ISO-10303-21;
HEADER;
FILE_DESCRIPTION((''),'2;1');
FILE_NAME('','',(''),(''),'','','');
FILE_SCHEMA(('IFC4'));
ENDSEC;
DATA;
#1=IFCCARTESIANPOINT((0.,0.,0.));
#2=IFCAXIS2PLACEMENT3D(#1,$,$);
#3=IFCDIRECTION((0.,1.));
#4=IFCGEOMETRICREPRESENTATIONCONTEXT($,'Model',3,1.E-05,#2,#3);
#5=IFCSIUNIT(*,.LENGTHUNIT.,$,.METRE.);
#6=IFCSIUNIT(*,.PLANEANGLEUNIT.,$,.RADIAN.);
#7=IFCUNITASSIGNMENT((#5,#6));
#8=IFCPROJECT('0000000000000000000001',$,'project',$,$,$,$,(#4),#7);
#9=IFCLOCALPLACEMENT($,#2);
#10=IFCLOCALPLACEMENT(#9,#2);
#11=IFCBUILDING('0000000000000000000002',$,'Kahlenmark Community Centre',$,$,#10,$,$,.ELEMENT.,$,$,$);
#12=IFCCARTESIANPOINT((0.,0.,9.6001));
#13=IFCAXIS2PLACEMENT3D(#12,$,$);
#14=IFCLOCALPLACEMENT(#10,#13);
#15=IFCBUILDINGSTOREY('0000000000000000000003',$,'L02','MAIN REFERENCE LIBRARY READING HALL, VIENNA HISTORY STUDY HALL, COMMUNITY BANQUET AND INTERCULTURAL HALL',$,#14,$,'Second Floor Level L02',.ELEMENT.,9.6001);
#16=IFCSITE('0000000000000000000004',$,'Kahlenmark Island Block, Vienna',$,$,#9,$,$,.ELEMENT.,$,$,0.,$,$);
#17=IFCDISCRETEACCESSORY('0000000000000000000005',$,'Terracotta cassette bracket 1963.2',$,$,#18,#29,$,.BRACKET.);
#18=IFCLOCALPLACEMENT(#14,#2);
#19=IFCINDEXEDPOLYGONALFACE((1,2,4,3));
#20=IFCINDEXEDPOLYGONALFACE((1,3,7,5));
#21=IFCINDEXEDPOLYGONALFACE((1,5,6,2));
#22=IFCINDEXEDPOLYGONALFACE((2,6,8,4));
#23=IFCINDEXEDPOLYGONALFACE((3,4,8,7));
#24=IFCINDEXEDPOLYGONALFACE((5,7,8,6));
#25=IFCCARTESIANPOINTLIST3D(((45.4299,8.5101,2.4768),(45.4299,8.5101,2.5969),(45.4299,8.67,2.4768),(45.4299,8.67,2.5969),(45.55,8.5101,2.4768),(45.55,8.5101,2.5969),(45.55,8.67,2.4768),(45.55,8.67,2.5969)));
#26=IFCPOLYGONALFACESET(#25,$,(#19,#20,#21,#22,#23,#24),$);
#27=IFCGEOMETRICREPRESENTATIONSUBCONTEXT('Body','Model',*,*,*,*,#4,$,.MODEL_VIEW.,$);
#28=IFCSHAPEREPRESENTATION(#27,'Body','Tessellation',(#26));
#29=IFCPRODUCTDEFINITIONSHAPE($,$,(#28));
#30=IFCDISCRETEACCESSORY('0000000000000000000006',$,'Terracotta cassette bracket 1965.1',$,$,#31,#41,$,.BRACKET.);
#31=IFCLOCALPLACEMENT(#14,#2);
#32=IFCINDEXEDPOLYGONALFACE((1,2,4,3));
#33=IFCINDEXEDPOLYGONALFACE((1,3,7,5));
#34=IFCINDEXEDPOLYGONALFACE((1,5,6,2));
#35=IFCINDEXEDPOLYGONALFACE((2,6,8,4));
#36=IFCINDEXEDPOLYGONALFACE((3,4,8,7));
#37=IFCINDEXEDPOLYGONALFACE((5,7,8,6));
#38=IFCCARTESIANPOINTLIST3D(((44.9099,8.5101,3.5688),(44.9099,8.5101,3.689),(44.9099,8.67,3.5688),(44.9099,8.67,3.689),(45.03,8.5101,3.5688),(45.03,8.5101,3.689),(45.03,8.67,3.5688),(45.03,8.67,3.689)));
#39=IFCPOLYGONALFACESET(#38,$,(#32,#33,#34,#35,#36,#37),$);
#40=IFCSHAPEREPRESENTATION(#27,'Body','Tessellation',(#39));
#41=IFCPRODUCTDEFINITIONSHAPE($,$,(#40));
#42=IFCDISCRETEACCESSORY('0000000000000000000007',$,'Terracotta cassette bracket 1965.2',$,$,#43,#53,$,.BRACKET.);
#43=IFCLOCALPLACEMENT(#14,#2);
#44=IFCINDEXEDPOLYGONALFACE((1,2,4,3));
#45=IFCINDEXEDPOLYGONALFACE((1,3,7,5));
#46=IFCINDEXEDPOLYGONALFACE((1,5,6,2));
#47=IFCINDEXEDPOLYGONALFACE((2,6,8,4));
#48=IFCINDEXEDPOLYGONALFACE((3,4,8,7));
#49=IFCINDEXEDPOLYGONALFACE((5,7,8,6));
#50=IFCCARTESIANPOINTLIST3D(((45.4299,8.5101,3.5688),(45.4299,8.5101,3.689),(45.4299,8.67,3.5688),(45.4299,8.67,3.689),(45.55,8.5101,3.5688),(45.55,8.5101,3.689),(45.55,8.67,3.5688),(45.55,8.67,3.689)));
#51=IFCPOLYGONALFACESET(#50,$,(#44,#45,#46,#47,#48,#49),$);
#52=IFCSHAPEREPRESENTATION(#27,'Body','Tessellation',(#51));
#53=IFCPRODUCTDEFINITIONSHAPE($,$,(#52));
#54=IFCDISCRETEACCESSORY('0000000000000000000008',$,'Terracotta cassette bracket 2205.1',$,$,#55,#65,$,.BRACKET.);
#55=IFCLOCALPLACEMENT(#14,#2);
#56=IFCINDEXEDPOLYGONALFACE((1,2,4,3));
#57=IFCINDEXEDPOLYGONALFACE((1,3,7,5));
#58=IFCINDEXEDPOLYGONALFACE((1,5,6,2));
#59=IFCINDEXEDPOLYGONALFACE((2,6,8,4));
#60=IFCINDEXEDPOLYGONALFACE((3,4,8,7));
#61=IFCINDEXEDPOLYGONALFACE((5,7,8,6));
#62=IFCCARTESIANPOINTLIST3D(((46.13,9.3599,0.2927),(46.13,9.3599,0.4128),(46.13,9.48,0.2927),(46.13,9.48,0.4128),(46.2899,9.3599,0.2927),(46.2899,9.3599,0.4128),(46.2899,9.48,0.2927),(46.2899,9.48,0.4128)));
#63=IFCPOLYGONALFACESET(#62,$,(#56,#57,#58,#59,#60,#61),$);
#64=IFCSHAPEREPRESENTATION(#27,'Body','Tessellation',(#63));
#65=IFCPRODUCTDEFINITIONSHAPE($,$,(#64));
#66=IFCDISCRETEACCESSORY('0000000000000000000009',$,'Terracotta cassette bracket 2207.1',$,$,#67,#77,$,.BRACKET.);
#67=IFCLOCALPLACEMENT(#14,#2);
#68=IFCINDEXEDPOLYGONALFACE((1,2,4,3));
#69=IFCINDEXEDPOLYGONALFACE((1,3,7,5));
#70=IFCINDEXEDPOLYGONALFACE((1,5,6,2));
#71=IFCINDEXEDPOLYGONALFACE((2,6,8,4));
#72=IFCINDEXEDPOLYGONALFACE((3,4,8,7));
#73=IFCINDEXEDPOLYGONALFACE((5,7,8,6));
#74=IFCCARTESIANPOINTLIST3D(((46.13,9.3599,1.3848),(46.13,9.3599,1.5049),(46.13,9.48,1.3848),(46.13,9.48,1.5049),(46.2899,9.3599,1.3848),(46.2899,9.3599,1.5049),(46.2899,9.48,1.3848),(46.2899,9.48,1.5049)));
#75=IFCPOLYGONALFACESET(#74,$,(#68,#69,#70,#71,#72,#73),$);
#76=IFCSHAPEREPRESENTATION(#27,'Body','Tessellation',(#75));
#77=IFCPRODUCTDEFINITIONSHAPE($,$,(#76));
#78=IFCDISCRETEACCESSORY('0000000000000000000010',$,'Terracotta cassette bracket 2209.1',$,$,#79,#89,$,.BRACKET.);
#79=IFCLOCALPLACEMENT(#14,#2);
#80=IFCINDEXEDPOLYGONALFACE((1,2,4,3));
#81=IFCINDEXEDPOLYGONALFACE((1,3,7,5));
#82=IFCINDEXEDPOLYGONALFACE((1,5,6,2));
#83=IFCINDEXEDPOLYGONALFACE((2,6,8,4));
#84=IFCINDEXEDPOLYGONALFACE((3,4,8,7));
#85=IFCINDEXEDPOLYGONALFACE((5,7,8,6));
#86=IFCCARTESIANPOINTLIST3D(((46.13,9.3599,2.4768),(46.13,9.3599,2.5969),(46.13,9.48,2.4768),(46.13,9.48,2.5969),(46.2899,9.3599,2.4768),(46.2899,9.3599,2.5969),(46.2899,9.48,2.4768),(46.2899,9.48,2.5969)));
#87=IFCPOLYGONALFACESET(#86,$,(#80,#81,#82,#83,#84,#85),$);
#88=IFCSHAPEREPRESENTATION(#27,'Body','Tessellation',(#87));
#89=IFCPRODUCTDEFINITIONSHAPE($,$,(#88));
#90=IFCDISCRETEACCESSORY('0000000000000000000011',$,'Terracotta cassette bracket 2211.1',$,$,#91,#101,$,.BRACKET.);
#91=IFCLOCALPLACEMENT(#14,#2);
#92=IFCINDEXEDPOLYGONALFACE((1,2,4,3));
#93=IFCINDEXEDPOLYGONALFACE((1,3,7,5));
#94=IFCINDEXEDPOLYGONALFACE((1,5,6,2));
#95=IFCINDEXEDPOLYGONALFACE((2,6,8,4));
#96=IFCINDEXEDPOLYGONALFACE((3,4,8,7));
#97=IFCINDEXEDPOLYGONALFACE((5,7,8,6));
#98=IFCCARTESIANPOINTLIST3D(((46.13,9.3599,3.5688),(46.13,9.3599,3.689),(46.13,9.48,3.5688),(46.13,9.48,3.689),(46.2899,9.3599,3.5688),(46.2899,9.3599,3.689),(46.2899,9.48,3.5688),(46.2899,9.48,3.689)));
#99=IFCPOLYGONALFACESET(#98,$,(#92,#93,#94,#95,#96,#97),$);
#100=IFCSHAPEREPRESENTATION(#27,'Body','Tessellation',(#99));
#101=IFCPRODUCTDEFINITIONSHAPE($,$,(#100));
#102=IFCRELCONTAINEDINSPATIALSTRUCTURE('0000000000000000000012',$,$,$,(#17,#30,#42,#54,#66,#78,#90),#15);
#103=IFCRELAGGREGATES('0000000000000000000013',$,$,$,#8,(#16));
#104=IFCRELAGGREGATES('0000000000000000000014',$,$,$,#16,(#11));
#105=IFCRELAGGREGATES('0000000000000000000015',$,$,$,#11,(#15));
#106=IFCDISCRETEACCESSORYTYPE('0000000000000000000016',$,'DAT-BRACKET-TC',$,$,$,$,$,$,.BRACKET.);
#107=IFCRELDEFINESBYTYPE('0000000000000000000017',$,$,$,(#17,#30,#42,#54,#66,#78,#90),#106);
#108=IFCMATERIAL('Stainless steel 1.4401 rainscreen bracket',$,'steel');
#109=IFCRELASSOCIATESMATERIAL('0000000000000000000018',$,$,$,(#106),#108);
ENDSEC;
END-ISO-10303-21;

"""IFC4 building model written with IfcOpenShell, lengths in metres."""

from ifc_helpers import new_model, si_unit, direction, frame, origin, origin_2d, place, context, subcontext, project, spatial, rectangle, extrude, material, type_object, element, save


model = new_model("IFC4")

# Units and contexts
model_context = context("Model", 3, precision=1e-05, world=origin(), true_north=direction((0.0, 1.0)))
body_context = subcontext(model_context, "Body", "Model", "MODEL_VIEW")
ifc_project = project(units=[si_unit("LENGTHUNIT", "METRE"), si_unit("PLANEANGLEUNIT", "RADIAN")], contexts=[model_context])

# Site, building, storey
site_placement = place(None, origin())
site = spatial("IfcSite", under=ifc_project, at=site_placement, Name="Kahlenmark Island Block, Vienna", CompositionType="ELEMENT", RefElevation=0.0)
building_placement = place(site_placement, origin())
building = spatial("IfcBuilding", under=site, at=building_placement, Name="Kahlenmark Community Centre", CompositionType="ELEMENT")
storey_placement = place(building_placement, frame((0.0, 0.0, 9.6001)))
storey = spatial("IfcBuildingStorey", under=building, at=storey_placement, Name="L02", Description="MAIN REFERENCE LIBRARY READING HALL, VIENNA HISTORY STUDY HALL, COMMUNITY BANQUET AND INTERCULTURAL HALL", LongName="Second Floor Level L02", CompositionType="ELEMENT", Elevation=9.6001)

# Discrete accessories
ifc_material_1 = material(Name="Stainless steel 1.4401 rainscreen bracket", Category="steel")
discrete_accessory_type = type_object("IfcDiscreteAccessoryType", Name="DAT-BRACKET-TC", PredefinedType="BRACKET", material=ifc_material_1)
for number, where, z_axis, x_axis, name in (
    (1, (45.49, 8.5901, 2.4768), (0.0, 0.0, 1.0), (1.0, 0.0, 0.0), "Terracotta cassette bracket 1963.2"),
    (2, (44.97, 8.5901, 3.5688), (0.0, 0.0, 1.0), (1.0, 0.0, 0.0), "Terracotta cassette bracket 1965.1"),
    (3, (45.49, 8.5901, 3.5688), (0.0, 0.0, 1.0), (1.0, 0.0, 0.0), "Terracotta cassette bracket 1965.2"),
    (4, (46.21, 9.4199, 0.2927), (0.0, 0.0, 1.0), (0.0, 1.0, 0.0), "Terracotta cassette bracket 2205.1"),
    (5, (46.21, 9.4199, 1.3848), (0.0, 0.0, 1.0), (0.0, 1.0, 0.0), "Terracotta cassette bracket 2207.1"),
    (6, (46.21, 9.4199, 2.4768), (0.0, 0.0, 1.0), (0.0, 1.0, 0.0), "Terracotta cassette bracket 2209.1"),
    (7, (46.21, 9.4199, 3.5688), (0.0, 0.0, 1.0), (0.0, 1.0, 0.0), "Terracotta cassette bracket 2211.1"),
):
    element("IfcDiscreteAccessory", number, at=place(storey_placement, frame(where, z_axis=z_axis, x_axis=x_axis)), inside=storey, type_object=discrete_accessory_type, Name=name, PredefinedType="BRACKET", context=body_context, shape_type="SweptSolid", body=[
        extrude(rectangle(XDim=0.1201, YDim=0.1599, at=origin_2d()), origin(), (0.0, 0.0, 1.0), 0.1201),
    ])

save(model, "model.ifc")
